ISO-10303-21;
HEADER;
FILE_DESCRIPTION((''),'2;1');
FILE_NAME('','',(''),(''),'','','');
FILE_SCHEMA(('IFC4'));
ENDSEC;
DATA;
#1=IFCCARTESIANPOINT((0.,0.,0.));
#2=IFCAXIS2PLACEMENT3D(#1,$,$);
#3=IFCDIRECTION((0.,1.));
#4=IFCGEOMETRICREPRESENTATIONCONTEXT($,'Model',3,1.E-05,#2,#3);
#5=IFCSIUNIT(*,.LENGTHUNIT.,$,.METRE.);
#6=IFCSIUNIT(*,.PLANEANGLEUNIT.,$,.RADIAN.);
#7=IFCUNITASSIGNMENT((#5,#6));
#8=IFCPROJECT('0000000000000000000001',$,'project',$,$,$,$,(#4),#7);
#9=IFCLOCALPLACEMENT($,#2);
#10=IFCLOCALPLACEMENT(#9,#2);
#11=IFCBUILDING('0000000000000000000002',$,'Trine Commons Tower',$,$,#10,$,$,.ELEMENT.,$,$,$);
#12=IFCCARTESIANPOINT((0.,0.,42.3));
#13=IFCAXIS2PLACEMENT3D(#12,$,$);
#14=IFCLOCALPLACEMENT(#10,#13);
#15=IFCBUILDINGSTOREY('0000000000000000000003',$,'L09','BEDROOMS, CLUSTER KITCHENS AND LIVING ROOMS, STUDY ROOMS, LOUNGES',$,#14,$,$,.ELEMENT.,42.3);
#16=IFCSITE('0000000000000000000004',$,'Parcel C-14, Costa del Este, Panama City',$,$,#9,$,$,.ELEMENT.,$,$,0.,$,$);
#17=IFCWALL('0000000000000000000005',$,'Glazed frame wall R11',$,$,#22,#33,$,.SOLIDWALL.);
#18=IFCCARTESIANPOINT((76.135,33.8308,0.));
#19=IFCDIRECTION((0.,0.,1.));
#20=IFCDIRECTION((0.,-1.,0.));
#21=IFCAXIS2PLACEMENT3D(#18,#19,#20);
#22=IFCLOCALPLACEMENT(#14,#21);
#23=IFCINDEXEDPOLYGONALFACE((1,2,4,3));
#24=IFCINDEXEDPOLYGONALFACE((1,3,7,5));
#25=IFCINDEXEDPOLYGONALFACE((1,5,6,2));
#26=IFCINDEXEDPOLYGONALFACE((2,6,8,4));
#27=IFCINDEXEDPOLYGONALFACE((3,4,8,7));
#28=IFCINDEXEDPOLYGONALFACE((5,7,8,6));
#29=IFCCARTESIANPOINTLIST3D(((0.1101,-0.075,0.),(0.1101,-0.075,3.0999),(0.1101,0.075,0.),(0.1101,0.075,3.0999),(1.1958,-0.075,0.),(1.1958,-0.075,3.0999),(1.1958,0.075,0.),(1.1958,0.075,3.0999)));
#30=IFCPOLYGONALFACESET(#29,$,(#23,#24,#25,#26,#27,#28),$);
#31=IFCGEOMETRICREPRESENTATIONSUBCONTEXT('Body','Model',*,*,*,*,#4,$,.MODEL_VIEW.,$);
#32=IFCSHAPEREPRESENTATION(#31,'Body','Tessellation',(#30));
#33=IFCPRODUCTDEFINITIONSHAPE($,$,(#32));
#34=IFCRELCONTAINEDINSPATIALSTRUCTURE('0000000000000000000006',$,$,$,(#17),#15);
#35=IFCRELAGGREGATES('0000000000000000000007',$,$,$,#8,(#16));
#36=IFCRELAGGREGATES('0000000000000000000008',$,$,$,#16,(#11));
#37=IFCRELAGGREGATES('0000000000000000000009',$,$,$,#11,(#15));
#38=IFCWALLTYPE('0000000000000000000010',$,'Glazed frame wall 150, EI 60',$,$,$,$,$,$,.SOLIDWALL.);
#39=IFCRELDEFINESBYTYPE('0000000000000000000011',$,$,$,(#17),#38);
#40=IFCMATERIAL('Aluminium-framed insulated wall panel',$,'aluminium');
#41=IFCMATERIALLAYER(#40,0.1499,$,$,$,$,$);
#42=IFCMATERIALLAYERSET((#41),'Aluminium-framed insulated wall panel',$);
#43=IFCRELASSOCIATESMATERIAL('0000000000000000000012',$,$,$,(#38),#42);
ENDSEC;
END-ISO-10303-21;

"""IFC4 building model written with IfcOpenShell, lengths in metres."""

from ifc_helpers import new_model, si_unit, direction, frame, origin, place, context, subcontext, project, spatial, polyline, outline, extrude, material, layer, layer_set, type_object, element, save


model = new_model("IFC4")

# Units and contexts
model_context = context("Model", 3, precision=1e-05, world=origin(), true_north=direction((0.0, 1.0)))
body_context = subcontext(model_context, "Body", "Model", "MODEL_VIEW")
ifc_project = project(units=[si_unit("LENGTHUNIT", "METRE"), si_unit("PLANEANGLEUNIT", "RADIAN")], contexts=[model_context])

# Site, building, storey
site_placement = place(None, origin())
site = spatial("IfcSite", under=ifc_project, at=site_placement, Name="Parcel C-14, Costa del Este, Panama City", CompositionType="ELEMENT", RefElevation=0.0)
building_placement = place(site_placement, origin())
building = spatial("IfcBuilding", under=site, at=building_placement, Name="Trine Commons Tower", CompositionType="ELEMENT")
storey_placement = place(building_placement, frame((0.0, 0.0, 42.3)))
storey = spatial("IfcBuildingStorey", under=building, at=storey_placement, Name="L09", Description="BEDROOMS, CLUSTER KITCHENS AND LIVING ROOMS, STUDY ROOMS, LOUNGES", CompositionType="ELEMENT", Elevation=42.3)

# Wall
ifc_material_1 = material(Name="Aluminium-framed insulated wall panel", Category="aluminium")
ifc_layer_1 = layer(ifc_material_1, 0.1499)
ifc_layer_set_1 = layer_set([ifc_layer_1], Name="Aluminium-framed insulated wall panel")
wall_type_1 = type_object("IfcWallType", Name="Glazed frame wall 150, EI 60", PredefinedType="SOLIDWALL", material=ifc_layer_set_1)
wall_1_placement = place(storey_placement, frame((76.135, 33.8308, 0.0), z_axis=(0.0, 0.0, 1.0), x_axis=(0.0, -1.0, 0.0)))
element("IfcWall", 1, at=wall_1_placement, inside=storey, type_object=wall_type_1, Name="Glazed frame wall R11", PredefinedType="SOLIDWALL", context=body_context, shape_type="SweptSolid", body=[
    extrude(outline(polyline([(0.1101, 0.075), (0.1101, -0.075), (1.1958, -0.075), (1.1958, 0.075), (0.1101, 0.075)])), origin(), (0.0, 0.0, 1.0), 3.0999),
])

save(model, "model.ifc")
